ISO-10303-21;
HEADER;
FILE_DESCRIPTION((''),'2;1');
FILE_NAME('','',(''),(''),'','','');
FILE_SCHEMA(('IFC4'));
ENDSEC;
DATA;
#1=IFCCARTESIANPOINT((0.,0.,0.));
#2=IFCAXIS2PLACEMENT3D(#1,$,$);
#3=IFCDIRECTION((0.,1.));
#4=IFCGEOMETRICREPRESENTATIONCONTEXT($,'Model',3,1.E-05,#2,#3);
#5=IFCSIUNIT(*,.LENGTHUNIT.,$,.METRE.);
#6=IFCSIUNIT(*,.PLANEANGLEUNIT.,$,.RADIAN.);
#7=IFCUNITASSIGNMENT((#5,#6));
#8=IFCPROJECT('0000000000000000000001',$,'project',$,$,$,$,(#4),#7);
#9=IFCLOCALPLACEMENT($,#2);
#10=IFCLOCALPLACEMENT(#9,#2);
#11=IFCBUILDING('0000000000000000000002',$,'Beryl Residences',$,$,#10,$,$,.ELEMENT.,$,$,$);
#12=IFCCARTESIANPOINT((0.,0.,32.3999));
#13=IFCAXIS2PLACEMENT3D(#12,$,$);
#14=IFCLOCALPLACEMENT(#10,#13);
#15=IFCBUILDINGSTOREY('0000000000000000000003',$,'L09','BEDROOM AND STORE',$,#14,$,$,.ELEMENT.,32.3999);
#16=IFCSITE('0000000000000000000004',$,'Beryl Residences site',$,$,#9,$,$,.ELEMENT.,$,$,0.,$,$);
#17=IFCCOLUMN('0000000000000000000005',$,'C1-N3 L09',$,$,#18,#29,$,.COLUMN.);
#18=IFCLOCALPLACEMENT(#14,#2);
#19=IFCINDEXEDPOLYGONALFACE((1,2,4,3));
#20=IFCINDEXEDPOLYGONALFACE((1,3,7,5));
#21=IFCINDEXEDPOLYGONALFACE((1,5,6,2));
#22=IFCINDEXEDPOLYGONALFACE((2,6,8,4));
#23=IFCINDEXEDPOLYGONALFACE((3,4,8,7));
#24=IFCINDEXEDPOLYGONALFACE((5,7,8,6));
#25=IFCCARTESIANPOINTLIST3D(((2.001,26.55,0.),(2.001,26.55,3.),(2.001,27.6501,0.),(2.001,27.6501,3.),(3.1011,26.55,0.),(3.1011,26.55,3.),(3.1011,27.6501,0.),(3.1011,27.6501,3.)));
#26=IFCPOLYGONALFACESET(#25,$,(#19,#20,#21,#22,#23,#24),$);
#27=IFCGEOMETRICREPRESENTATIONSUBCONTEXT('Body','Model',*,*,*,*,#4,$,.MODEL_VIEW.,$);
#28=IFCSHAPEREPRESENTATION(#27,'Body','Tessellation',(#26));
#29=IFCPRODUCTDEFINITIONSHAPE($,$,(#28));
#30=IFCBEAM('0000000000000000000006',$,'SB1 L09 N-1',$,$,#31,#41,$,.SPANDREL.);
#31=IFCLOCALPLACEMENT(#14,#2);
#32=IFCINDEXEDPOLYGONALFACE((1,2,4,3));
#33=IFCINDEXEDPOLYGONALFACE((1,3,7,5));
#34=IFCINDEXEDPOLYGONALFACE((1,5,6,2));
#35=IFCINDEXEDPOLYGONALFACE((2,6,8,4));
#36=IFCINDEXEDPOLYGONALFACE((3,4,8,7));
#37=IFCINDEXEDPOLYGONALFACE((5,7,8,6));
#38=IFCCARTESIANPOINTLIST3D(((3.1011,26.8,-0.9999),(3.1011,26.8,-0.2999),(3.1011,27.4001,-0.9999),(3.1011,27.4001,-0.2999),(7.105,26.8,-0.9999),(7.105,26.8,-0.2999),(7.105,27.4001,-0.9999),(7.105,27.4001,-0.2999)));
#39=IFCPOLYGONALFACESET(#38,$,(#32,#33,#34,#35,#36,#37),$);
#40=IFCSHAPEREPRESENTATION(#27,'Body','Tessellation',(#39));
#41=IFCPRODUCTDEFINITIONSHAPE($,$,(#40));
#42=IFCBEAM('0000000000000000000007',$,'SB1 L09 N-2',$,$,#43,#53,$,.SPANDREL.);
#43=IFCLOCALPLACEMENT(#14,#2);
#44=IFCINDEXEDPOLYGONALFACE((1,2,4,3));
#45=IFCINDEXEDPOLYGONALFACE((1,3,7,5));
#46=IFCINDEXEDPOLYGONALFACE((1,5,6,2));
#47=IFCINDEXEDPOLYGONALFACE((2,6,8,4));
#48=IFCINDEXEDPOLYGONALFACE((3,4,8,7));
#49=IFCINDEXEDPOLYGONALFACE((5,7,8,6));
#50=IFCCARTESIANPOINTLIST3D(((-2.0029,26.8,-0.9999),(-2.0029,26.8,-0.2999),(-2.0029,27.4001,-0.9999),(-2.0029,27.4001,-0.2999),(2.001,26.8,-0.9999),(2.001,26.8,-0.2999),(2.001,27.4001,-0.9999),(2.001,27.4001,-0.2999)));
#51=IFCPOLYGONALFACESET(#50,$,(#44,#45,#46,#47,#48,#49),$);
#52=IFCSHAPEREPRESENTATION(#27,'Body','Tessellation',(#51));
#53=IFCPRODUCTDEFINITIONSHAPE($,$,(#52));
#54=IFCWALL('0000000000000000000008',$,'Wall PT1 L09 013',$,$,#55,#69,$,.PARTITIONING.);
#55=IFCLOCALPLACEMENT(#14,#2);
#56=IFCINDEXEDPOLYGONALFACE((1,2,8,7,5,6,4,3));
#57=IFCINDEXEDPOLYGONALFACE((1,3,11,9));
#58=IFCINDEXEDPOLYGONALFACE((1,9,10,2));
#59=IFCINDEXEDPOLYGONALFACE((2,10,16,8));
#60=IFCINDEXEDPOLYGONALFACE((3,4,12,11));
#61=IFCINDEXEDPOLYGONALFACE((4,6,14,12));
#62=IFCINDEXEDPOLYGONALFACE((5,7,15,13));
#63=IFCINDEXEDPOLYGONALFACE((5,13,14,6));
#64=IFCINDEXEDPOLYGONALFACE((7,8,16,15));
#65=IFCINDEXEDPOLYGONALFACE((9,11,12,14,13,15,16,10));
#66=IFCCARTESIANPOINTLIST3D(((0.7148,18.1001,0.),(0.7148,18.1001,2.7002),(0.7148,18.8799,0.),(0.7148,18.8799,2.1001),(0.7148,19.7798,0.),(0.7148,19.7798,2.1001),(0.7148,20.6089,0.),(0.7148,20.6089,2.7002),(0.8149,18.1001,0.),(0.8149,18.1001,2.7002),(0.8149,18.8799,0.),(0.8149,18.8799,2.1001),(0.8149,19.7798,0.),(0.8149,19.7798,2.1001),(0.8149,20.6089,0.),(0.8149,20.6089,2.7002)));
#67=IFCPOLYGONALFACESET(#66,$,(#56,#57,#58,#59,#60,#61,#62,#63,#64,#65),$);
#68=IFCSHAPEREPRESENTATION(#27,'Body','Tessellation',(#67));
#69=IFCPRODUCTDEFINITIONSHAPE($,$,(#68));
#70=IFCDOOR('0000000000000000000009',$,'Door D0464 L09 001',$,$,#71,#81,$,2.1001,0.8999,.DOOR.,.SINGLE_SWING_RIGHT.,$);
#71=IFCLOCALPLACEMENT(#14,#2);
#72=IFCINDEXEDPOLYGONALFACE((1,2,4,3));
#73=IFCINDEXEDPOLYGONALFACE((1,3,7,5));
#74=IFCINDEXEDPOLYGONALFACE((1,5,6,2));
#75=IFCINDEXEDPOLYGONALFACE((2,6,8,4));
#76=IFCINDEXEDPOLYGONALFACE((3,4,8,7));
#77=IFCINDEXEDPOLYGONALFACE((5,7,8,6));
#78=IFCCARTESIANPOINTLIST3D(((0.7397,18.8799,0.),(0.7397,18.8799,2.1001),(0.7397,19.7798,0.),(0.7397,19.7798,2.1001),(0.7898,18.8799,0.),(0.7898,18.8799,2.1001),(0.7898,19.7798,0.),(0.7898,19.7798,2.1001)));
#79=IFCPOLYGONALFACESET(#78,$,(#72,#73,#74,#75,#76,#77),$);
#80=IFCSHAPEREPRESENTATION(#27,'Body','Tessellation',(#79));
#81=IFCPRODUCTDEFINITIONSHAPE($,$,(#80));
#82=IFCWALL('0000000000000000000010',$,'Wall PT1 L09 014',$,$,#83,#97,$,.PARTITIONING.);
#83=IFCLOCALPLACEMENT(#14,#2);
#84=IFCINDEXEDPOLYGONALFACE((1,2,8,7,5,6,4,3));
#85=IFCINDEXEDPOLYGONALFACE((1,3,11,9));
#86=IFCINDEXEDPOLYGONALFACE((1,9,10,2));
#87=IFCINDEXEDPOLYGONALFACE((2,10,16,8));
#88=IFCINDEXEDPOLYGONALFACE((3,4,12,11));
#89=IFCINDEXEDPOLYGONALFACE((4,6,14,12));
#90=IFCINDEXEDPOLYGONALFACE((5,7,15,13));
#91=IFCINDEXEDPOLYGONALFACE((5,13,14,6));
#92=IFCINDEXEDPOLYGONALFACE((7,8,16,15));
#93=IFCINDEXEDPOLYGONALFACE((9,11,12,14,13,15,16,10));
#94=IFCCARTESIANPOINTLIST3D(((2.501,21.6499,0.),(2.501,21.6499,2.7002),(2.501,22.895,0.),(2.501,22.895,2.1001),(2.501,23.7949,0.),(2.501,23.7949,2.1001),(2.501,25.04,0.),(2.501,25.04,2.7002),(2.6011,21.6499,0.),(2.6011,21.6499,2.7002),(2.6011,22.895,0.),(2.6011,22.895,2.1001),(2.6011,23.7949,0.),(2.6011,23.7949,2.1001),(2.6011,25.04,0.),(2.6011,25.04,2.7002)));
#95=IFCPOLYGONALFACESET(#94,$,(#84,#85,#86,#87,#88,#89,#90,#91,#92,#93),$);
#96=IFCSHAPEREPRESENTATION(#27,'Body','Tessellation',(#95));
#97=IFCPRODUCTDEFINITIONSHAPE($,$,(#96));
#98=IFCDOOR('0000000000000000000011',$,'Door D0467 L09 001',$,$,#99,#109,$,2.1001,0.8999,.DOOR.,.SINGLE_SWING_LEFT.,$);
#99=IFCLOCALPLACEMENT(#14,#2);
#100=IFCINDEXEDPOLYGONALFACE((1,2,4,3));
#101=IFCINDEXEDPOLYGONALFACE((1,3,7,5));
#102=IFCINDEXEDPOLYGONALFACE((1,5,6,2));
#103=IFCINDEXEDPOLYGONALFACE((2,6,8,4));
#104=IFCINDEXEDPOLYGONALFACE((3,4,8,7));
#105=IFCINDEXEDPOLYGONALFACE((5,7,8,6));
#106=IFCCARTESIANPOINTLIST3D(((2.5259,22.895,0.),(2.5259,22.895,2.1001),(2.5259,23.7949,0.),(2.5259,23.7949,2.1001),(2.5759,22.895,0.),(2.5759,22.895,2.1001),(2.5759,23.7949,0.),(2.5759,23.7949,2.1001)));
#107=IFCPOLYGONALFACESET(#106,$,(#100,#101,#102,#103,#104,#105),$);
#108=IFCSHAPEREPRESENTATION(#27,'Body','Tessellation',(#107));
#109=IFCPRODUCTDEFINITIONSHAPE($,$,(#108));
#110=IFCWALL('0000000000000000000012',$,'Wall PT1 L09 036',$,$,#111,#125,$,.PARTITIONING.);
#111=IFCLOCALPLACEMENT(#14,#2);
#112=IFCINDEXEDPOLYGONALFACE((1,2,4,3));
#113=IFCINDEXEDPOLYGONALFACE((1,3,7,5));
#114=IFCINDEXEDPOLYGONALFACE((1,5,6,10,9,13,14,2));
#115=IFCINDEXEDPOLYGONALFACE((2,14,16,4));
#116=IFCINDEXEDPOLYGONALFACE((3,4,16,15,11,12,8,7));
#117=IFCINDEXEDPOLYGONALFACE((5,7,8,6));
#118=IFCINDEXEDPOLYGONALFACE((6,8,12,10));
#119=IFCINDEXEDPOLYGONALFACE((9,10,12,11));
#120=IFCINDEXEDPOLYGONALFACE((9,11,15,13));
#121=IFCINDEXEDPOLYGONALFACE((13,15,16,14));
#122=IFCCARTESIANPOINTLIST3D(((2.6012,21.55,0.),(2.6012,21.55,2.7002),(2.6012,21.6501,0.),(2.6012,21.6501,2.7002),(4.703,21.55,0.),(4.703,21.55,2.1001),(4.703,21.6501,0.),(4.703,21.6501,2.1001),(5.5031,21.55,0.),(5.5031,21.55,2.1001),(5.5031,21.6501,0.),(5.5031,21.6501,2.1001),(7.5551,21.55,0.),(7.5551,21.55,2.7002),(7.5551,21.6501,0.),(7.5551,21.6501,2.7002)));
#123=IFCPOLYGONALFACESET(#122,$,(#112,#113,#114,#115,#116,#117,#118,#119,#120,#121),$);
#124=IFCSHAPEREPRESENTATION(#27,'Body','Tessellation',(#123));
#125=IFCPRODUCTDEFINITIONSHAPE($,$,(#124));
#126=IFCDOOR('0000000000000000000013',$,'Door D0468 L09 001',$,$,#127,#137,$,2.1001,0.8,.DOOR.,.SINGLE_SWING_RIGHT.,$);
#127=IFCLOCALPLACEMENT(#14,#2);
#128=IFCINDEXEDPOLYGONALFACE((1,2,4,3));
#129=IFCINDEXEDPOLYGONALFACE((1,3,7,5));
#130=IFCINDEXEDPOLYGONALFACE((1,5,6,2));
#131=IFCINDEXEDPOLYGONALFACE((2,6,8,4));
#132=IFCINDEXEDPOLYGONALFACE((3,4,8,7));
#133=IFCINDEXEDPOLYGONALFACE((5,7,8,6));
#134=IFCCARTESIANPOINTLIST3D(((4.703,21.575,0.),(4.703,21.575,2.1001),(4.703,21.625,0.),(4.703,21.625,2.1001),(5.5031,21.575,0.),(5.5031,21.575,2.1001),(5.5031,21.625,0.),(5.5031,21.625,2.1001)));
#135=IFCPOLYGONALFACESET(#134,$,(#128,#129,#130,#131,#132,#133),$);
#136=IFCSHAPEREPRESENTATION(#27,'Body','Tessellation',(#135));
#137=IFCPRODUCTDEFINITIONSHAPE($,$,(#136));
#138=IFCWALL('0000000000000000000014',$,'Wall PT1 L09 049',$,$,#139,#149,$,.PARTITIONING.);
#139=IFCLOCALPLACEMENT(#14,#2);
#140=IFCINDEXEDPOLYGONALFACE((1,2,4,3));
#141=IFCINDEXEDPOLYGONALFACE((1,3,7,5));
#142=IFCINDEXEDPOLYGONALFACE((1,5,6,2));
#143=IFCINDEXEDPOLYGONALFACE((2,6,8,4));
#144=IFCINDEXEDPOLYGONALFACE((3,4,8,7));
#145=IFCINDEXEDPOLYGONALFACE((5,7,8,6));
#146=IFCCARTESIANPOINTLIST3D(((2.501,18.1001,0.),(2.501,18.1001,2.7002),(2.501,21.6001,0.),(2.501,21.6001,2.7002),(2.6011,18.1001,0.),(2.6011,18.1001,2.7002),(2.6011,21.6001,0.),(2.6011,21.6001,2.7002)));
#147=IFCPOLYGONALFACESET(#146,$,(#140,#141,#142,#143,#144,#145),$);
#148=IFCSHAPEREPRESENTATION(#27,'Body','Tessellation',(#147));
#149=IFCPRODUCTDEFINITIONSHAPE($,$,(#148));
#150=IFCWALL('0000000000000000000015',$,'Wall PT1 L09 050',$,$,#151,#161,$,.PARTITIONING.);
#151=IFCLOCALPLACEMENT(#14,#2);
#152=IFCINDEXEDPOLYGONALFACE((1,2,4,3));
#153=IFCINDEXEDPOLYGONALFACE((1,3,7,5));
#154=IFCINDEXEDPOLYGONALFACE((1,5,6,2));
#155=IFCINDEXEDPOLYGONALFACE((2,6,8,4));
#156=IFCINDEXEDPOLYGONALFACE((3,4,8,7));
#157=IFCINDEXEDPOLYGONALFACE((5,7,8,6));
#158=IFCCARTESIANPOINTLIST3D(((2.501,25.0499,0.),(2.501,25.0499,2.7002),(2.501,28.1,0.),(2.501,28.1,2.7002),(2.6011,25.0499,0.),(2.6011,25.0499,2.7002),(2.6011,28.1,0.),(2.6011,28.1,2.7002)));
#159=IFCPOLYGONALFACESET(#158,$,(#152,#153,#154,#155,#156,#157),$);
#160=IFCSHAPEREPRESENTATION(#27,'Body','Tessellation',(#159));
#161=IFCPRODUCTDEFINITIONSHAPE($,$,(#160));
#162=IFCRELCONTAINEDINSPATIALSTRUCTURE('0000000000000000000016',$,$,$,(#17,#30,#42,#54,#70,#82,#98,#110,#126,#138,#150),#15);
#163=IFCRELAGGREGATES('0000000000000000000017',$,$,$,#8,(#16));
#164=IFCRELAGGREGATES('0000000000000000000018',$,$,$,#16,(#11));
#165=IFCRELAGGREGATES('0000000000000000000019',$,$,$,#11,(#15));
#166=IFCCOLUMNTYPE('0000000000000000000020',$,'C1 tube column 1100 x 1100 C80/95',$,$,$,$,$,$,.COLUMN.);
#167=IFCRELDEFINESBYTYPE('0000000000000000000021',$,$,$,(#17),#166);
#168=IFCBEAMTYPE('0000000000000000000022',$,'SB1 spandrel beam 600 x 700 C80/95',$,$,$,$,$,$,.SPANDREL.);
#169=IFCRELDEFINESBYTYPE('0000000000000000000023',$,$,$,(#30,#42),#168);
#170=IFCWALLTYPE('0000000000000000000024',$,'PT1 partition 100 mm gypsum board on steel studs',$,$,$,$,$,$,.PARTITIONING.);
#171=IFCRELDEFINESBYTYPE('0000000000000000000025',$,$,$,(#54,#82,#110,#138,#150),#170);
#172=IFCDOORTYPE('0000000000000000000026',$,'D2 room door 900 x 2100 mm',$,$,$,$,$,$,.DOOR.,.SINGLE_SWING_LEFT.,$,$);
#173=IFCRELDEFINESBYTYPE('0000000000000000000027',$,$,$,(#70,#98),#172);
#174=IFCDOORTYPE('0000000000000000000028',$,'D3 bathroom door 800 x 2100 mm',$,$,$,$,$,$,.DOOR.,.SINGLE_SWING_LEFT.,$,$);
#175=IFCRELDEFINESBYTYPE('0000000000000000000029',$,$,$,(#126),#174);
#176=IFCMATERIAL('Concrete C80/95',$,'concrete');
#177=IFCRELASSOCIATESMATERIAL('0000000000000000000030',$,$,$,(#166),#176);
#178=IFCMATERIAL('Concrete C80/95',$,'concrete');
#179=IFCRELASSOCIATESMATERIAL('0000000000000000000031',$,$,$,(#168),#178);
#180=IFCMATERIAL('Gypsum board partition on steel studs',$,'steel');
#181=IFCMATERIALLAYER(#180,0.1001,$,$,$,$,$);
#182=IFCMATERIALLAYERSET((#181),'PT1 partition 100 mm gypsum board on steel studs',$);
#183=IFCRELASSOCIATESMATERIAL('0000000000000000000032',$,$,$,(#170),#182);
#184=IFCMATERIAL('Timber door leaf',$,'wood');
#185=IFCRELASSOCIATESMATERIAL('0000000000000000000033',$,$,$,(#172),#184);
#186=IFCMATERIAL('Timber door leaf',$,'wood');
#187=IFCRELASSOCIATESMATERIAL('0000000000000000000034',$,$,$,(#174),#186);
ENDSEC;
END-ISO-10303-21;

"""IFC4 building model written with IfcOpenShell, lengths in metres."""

from ifc_helpers import new_model, si_unit, direction, frame, frame_2d, origin, origin_2d, place, context, subcontext, project, spatial, rectangle, extrude, material, layer, layer_set, material_profile, profile_set, type_object, element, fill, save


model = new_model("IFC4")

# Units and contexts
model_context = context("Model", 3, precision=1e-05, world=origin(), true_north=direction((0.0, 1.0)))
body_context = subcontext(model_context, "Body", "Model", "MODEL_VIEW")
ifc_project = project(units=[si_unit("LENGTHUNIT", "METRE"), si_unit("PLANEANGLEUNIT", "RADIAN")], contexts=[model_context])

# Site, building, storey
site_placement = place(None, origin())
site = spatial("IfcSite", under=ifc_project, at=site_placement, Name="Beryl Residences site", CompositionType="ELEMENT", RefElevation=0.0)
building_placement = place(site_placement, origin())
building = spatial("IfcBuilding", under=site, at=building_placement, Name="Beryl Residences", CompositionType="ELEMENT")
storey_placement = place(building_placement, frame((0.0, 0.0, 32.3999)))
storey = spatial("IfcBuildingStorey", under=building, at=storey_placement, Name="L09", Description="BEDROOM AND STORE", CompositionType="ELEMENT", Elevation=32.3999)

# Column
ifc_material_1 = material(Name="Concrete C80/95", Category="concrete")
ifc_material_profile_1 = material_profile(ifc_material_1, rectangle(XDim=1.1001, YDim=1.1001, at=origin_2d()))
ifc_profile_set_1 = profile_set([ifc_material_profile_1], Name="Concrete C80/95")
column_type = type_object("IfcColumnType", Name="C1 tube column 1100 x 1100 C80/95", PredefinedType="COLUMN", material=ifc_profile_set_1)
column_placement = place(storey_placement, frame((2.551, 27.1001, 0.0), z_axis=(0.0, 0.0, 1.0), x_axis=(-1.0, 0.0, 0.0)))
element("IfcColumn", 1, at=column_placement, inside=storey, type_object=column_type, Name="C1-N3 L09", PredefinedType="COLUMN", context=body_context, shape_type="SweptSolid", body=[
    extrude(rectangle(XDim=1.1001, YDim=1.1001, at=origin_2d()), origin(), (0.0, 0.0, 1.0), 3.0),
])

# Beams
ifc_material_2 = material(Name="Concrete C80/95", Category="concrete")
ifc_material_profile_2 = material_profile(ifc_material_2, rectangle(XDim=0.6001, YDim=0.7, at=origin_2d()))
ifc_profile_set_2 = profile_set([ifc_material_profile_2], Name="Concrete C80/95")
beam_type = type_object("IfcBeamType", Name="SB1 spandrel beam 600 x 700 C80/95", PredefinedType="SPANDREL", material=ifc_profile_set_2)
for number, where, z_axis, x_axis, name in (
    (2, (7.105, 27.1001, -0.6499), (-1.0, 0.0, 0.0), (0.0, -1.0, 0.0), "SB1 L09 N-1"),
    (3, (2.001, 27.1001, -0.6499), (-1.0, 0.0, 0.0), (0.0, -1.0, 0.0), "SB1 L09 N-2"),
):
    element("IfcBeam", number, at=place(storey_placement, frame(where, z_axis=z_axis, x_axis=x_axis)), inside=storey, type_object=beam_type, Name=name, PredefinedType="SPANDREL", context=body_context, shape_type="SweptSolid", body=[
        extrude(rectangle(XDim=0.6001, YDim=0.7, at=origin_2d()), origin(), (0.0, 0.0, 1.0), 4.0039),
    ])

# Walls, openings, doors
ifc_material_3 = material(Name="Gypsum board partition on steel studs", Category="steel")
ifc_layer = layer(ifc_material_3, 0.1001)
ifc_layer_set = layer_set([ifc_layer], Name="PT1 partition 100 mm gypsum board on steel studs")
wall_type = type_object("IfcWallType", Name="PT1 partition 100 mm gypsum board on steel studs", PredefinedType="PARTITIONING", material=ifc_layer_set)
wall_1_placement = place(storey_placement, frame((0.7649, 20.6089, 0.0), z_axis=(0.0, 0.0, 1.0), x_axis=(0.0, -1.0, 0.0)))
wall_1 = element("IfcWall", 4, at=wall_1_placement, inside=storey, type_object=wall_type, Name="Wall PT1 L09 013", PredefinedType="PARTITIONING", context=body_context, shape_type="SweptSolid", body=[
    extrude(rectangle(XDim=2.5088, YDim=0.1001, at=frame_2d((1.2544, 0.0))), origin(), (0.0, 0.0, 1.0), 2.7002),
])
opening_1_placement = place(wall_1_placement, frame((0.8291, 0.0, 0.0)))
opening_1 = element("IfcOpeningElement", 5, at=opening_1_placement, cuts=wall_1, PredefinedType="OPENING", context=body_context, shape_type="SweptSolid", body=[
    extrude(rectangle(XDim=0.8999, YDim=2.1001, at=frame_2d((0.45, 1.05))), frame((0.0, 0.0601, 0.0), z_axis=(0.0, -1.0, 0.0), x_axis=(1.0, 0.0, 0.0)), (0.0, 0.0, 1.0), 0.1201),
])
ifc_material_4 = material(Name="Timber door leaf", Category="wood")
door_type_1 = type_object("IfcDoorType", Name="D2 room door 900 x 2100 mm", OperationType="SINGLE_SWING_LEFT", PredefinedType="DOOR", material=ifc_material_4)
door_1_placement = place(opening_1_placement, origin())
door_1 = element("IfcDoor", 6, at=door_1_placement, inside=storey, type_object=door_type_1, Name="Door D0464 L09 001", OperationType="SINGLE_SWING_RIGHT", OverallHeight=2.1001, OverallWidth=0.8999, PredefinedType="DOOR", context=body_context, shape_type="SweptSolid", body=[
    extrude(rectangle(XDim=0.8999, YDim=2.1001, at=frame_2d((0.45, 1.05))), frame((0.0, 0.0249, 0.0), z_axis=(0.0, -1.0, 0.0), x_axis=(1.0, 0.0, 0.0)), (0.0, 0.0, 1.0), 0.05),
])
fill(opening_1, door_1)
wall_2_placement = place(storey_placement, frame((2.551, 25.04, 0.0), z_axis=(0.0, 0.0, 1.0), x_axis=(0.0, -1.0, 0.0)))
wall_2 = element("IfcWall", 7, at=wall_2_placement, inside=storey, type_object=wall_type, Name="Wall PT1 L09 014", PredefinedType="PARTITIONING", context=body_context, shape_type="SweptSolid", body=[
    extrude(rectangle(XDim=3.3901, YDim=0.1001, at=frame_2d((1.6951, 0.0))), origin(), (0.0, 0.0, 1.0), 2.7002),
])
opening_2_placement = place(wall_2_placement, frame((1.2451, 0.0, 0.0)))
opening_2 = element("IfcOpeningElement", 8, at=opening_2_placement, cuts=wall_2, PredefinedType="OPENING", context=body_context, shape_type="SweptSolid", body=[
    extrude(rectangle(XDim=0.8999, YDim=2.1001, at=frame_2d((0.45, 1.05))), frame((0.0, 0.0601, 0.0), z_axis=(0.0, -1.0, 0.0), x_axis=(1.0, 0.0, 0.0)), (0.0, 0.0, 1.0), 0.1201),
])
door_2_placement = place(opening_2_placement, origin())
door_2 = element("IfcDoor", 9, at=door_2_placement, inside=storey, type_object=door_type_1, Name="Door D0467 L09 001", OperationType="SINGLE_SWING_LEFT", OverallHeight=2.1001, OverallWidth=0.8999, PredefinedType="DOOR", context=body_context, shape_type="SweptSolid", body=[
    extrude(rectangle(XDim=0.8999, YDim=2.1001, at=frame_2d((0.45, 1.05))), frame((0.0, 0.0249, 0.0), z_axis=(0.0, -1.0, 0.0), x_axis=(1.0, 0.0, 0.0)), (0.0, 0.0, 1.0), 0.05),
])
fill(opening_2, door_2)
wall_3_placement = place(storey_placement, frame((2.6011, 21.6001, 0.0), z_axis=(0.0, 0.0, 1.0), x_axis=(1.0, 0.0, 0.0)))
wall_3 = element("IfcWall", 10, at=wall_3_placement, inside=storey, type_object=wall_type, Name="Wall PT1 L09 036", PredefinedType="PARTITIONING", context=body_context, shape_type="SweptSolid", body=[
    extrude(rectangle(XDim=4.9539, YDim=0.1001, at=frame_2d((2.4771, 0.0))), origin(), (0.0, 0.0, 1.0), 2.7002),
])
opening_3_placement = place(wall_3_placement, frame((2.1021, 0.0, 0.0)))
opening_3 = element("IfcOpeningElement", 11, at=opening_3_placement, cuts=wall_3, PredefinedType="OPENING", context=body_context, shape_type="SweptSolid", body=[
    extrude(rectangle(XDim=0.8, YDim=2.1001, at=frame_2d((0.3999, 1.05))), frame((0.0, 0.0601, 0.0), z_axis=(0.0, -1.0, 0.0), x_axis=(1.0, 0.0, 0.0)), (0.0, 0.0, 1.0), 0.1201),
])
ifc_material_5 = material(Name="Timber door leaf", Category="wood")
door_type_2 = type_object("IfcDoorType", Name="D3 bathroom door 800 x 2100 mm", OperationType="SINGLE_SWING_LEFT", PredefinedType="DOOR", material=ifc_material_5)
door_3_placement = place(opening_3_placement, origin())
door_3 = element("IfcDoor", 12, at=door_3_placement, inside=storey, type_object=door_type_2, Name="Door D0468 L09 001", OperationType="SINGLE_SWING_RIGHT", OverallHeight=2.1001, OverallWidth=0.8, PredefinedType="DOOR", context=body_context, shape_type="SweptSolid", body=[
    extrude(rectangle(XDim=0.8, YDim=2.1001, at=frame_2d((0.3999, 1.05))), frame((0.0, 0.0249, 0.0), z_axis=(0.0, -1.0, 0.0), x_axis=(1.0, 0.0, 0.0)), (0.0, 0.0, 1.0), 0.05),
])
fill(opening_3, door_3)

# Walls
wall_4_placement = place(storey_placement, frame((2.551, 18.1001, 0.0), z_axis=(0.0, 0.0, 1.0), x_axis=(0.0, 1.0, 0.0)))
element("IfcWall", 13, at=wall_4_placement, inside=storey, type_object=wall_type, Name="Wall PT1 L09 049", PredefinedType="PARTITIONING", context=body_context, shape_type="SweptSolid", body=[
    extrude(rectangle(XDim=3.5, YDim=0.1001, at=frame_2d((1.75, 0.0))), origin(), (0.0, 0.0, 1.0), 2.7002),
])
wall_5_placement = place(storey_placement, frame((2.551, 25.05, 0.0), z_axis=(0.0, 0.0, 1.0), x_axis=(0.0, 1.0, 0.0)))
element("IfcWall", 14, at=wall_5_placement, inside=storey, type_object=wall_type, Name="Wall PT1 L09 050", PredefinedType="PARTITIONING", context=body_context, shape_type="SweptSolid", body=[
    extrude(rectangle(XDim=3.05, YDim=0.1001, at=frame_2d((1.5249, 0.0))), origin(), (0.0, 0.0, 1.0), 2.7002),
])

save(model, "model.ifc")
